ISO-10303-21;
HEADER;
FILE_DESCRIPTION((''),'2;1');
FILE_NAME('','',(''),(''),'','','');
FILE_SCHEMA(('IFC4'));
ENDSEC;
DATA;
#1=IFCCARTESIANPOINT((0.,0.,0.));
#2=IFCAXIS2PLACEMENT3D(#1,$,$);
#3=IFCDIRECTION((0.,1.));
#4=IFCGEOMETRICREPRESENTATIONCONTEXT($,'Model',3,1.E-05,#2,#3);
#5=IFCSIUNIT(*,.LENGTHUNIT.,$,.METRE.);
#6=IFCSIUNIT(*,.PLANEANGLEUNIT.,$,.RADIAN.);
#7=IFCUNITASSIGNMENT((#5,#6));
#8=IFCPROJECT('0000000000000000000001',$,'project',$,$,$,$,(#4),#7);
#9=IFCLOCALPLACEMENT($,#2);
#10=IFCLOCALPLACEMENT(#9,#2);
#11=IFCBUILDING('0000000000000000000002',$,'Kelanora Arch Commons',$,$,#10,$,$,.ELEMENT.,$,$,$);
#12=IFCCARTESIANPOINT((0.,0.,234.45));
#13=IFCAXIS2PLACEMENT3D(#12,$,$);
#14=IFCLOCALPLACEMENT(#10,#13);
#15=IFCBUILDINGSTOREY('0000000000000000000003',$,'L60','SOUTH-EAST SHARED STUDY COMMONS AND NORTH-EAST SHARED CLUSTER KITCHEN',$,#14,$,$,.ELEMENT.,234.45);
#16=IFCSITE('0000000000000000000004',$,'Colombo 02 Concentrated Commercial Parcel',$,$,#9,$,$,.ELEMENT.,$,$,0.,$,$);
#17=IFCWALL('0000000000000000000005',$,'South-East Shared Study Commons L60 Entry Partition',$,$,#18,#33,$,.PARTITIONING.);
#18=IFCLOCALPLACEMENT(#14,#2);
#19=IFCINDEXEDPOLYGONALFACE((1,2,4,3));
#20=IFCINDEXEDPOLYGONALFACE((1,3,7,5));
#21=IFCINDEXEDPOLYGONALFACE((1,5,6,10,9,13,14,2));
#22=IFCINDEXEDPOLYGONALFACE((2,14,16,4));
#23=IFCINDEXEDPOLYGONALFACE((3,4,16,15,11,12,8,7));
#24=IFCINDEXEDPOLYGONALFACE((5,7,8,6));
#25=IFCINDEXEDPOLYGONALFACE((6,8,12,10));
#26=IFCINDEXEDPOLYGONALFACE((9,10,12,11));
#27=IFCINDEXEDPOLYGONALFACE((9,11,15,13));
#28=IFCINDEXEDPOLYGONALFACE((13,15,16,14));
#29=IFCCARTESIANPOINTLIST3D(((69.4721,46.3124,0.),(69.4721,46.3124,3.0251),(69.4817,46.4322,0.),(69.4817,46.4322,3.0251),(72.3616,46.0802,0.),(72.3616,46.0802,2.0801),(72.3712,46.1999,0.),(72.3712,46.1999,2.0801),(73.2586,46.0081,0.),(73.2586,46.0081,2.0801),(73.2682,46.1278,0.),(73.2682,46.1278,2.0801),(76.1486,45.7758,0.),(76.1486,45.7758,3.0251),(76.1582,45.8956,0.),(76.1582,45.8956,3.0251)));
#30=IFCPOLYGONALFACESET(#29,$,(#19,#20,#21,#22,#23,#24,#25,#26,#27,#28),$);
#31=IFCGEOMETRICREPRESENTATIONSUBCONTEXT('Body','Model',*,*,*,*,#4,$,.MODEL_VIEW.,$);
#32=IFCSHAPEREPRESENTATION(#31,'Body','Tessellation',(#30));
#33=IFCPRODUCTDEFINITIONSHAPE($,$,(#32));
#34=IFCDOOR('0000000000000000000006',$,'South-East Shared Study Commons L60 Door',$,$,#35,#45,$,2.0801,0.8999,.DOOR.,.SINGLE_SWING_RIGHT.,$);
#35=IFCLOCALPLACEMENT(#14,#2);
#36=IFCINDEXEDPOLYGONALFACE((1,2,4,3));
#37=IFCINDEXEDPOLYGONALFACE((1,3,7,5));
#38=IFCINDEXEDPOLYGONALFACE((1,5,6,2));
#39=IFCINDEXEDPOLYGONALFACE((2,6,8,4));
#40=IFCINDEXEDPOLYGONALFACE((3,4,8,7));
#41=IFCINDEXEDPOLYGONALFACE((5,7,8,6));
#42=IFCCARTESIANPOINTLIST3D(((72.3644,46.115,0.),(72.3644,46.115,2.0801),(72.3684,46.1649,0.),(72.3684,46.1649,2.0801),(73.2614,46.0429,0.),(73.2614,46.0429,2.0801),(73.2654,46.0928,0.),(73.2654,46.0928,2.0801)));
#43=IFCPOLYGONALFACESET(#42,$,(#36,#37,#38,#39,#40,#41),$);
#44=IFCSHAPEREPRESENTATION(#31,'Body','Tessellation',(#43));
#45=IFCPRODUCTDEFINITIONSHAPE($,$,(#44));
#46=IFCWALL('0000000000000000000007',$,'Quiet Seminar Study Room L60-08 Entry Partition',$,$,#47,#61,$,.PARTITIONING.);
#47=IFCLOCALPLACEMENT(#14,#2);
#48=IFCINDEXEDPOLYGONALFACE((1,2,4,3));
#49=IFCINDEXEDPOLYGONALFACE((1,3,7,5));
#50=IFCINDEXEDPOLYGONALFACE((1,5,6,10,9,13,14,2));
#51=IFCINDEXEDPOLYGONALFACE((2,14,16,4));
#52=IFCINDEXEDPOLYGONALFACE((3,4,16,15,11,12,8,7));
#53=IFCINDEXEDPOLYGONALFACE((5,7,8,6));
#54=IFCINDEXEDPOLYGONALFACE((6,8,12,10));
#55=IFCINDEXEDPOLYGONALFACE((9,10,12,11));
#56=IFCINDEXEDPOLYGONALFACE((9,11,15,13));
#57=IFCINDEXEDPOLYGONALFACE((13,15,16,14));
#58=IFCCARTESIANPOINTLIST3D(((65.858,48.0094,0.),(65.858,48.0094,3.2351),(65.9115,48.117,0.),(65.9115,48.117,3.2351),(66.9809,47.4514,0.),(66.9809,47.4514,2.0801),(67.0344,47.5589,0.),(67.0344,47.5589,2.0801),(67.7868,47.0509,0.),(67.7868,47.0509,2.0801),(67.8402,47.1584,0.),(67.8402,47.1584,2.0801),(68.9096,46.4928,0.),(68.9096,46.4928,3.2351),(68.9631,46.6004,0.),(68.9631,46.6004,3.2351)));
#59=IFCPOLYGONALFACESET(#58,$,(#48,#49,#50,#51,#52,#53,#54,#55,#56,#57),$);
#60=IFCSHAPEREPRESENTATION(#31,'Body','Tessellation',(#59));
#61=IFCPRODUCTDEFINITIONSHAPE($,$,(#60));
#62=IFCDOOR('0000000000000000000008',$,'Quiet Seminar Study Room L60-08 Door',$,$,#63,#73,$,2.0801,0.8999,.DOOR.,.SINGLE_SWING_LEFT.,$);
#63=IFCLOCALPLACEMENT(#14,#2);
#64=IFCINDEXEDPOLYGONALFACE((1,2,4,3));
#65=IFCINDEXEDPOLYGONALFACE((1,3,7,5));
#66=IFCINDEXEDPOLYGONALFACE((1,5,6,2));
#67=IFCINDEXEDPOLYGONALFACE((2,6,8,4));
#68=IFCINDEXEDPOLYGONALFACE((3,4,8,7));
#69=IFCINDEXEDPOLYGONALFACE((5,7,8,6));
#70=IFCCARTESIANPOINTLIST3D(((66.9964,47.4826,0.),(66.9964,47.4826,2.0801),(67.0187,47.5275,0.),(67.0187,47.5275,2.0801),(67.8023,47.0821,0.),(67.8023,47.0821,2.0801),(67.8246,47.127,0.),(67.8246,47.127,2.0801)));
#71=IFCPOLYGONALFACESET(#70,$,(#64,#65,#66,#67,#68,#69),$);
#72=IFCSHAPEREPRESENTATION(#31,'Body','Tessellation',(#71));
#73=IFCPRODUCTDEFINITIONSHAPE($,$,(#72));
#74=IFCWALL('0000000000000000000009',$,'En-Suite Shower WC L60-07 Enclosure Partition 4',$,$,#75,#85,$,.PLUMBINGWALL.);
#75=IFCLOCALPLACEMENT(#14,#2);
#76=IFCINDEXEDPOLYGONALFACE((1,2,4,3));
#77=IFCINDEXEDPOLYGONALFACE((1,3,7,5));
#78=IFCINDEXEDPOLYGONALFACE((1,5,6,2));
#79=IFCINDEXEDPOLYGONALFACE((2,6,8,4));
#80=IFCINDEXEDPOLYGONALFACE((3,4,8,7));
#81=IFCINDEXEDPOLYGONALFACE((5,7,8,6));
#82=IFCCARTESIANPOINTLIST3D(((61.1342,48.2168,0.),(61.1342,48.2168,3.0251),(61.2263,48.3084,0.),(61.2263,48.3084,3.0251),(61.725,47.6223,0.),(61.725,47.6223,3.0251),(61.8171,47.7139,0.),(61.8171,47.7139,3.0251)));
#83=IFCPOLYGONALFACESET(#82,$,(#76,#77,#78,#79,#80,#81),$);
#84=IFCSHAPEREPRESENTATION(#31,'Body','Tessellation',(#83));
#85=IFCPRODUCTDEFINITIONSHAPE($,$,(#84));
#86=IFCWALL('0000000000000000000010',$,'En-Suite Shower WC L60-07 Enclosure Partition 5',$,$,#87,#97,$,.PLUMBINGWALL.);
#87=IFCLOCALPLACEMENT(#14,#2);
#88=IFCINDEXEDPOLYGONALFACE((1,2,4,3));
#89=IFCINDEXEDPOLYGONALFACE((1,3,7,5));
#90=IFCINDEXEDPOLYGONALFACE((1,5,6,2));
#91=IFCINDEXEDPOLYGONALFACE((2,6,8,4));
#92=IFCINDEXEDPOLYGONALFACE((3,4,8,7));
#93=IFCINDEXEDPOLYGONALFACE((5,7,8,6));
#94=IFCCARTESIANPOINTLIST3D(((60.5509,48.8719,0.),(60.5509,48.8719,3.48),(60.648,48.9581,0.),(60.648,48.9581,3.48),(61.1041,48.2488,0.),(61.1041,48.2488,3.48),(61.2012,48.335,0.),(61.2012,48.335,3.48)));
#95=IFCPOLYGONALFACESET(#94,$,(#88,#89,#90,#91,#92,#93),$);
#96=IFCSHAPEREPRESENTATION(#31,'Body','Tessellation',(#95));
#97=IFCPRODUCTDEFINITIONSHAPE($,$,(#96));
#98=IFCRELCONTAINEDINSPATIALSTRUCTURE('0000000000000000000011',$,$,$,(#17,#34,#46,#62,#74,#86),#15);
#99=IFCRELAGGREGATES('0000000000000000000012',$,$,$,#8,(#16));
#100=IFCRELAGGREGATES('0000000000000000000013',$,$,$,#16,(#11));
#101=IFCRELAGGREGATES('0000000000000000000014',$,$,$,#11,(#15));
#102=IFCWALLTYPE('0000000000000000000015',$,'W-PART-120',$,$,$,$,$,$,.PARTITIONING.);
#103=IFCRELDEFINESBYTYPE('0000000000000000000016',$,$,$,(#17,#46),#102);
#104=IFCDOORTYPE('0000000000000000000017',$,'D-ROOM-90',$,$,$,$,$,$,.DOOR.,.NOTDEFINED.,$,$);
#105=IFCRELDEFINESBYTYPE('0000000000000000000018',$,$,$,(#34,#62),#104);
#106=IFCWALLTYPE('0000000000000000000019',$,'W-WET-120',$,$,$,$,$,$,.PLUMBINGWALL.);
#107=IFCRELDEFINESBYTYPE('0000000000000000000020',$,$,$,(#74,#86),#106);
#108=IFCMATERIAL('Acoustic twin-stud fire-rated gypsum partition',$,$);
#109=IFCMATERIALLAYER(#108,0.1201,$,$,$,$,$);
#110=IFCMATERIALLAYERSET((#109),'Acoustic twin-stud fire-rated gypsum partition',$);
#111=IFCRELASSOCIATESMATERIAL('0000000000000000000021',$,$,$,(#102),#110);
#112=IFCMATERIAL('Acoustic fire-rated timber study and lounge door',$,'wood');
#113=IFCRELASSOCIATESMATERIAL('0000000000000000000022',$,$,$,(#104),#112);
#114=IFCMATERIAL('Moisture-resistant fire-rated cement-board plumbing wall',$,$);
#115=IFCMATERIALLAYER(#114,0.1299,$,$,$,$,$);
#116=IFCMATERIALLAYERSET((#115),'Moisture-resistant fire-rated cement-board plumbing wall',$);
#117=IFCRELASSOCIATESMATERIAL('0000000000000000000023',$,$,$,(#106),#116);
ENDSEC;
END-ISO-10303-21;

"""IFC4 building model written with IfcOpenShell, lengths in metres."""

from ifc_helpers import new_model, si_unit, direction, frame, frame_2d, origin, place, context, subcontext, project, spatial, rectangle, extrude, material, layer, layer_set, type_object, element, fill, save


model = new_model("IFC4")

# Units and contexts
model_context = context("Model", 3, precision=1e-05, world=origin(), true_north=direction((0.0, 1.0)))
body_context = subcontext(model_context, "Body", "Model", "MODEL_VIEW")
ifc_project = project(units=[si_unit("LENGTHUNIT", "METRE"), si_unit("PLANEANGLEUNIT", "RADIAN")], contexts=[model_context])

# Site, building, storey
site_placement = place(None, origin())
site = spatial("IfcSite", under=ifc_project, at=site_placement, Name="Colombo 02 Concentrated Commercial Parcel", CompositionType="ELEMENT", RefElevation=0.0)
building_placement = place(site_placement, origin())
building = spatial("IfcBuilding", under=site, at=building_placement, Name="Kelanora Arch Commons", CompositionType="ELEMENT")
storey_placement = place(building_placement, frame((0.0, 0.0, 234.45)))
storey = spatial("IfcBuildingStorey", under=building, at=storey_placement, Name="L60", Description="SOUTH-EAST SHARED STUDY COMMONS AND NORTH-EAST SHARED CLUSTER KITCHEN", CompositionType="ELEMENT", Elevation=234.45)

# Walls, openings, doors
ifc_material_1 = material(Name="Acoustic twin-stud fire-rated gypsum partition")
ifc_layer_1 = layer(ifc_material_1, 0.1201)
ifc_layer_set_1 = layer_set([ifc_layer_1], Name="Acoustic twin-stud fire-rated gypsum partition")
wall_type_1 = type_object("IfcWallType", Name="W-PART-120", PredefinedType="PARTITIONING", material=ifc_layer_set_1)
wall_1_placement = place(storey_placement, frame((69.4768, 46.3723, 0.0), z_axis=(0.0, 0.0, 1.0), x_axis=(0.996786, -0.080116, 0.0)))
wall_1 = element("IfcWall", 1, at=wall_1_placement, inside=storey, type_object=wall_type_1, Name="South-East Shared Study Commons L60 Entry Partition", PredefinedType="PARTITIONING", context=body_context, shape_type="SweptSolid", body=[
    extrude(rectangle(XDim=6.698, YDim=0.1201, at=frame_2d((3.3491, 0.0))), origin(), (0.0, 0.0, 1.0), 3.0251),
])
opening_1_placement = place(wall_1_placement, frame((2.8989, 0.0, 0.0)))
opening_1 = element("IfcOpeningElement", 2, at=opening_1_placement, cuts=wall_1, PredefinedType="OPENING", context=body_context, shape_type="SweptSolid", body=[
    extrude(rectangle(XDim=0.8999, YDim=2.0801, at=frame_2d((0.45, 1.04))), frame((0.0, 0.0701, 0.0), z_axis=(0.0, -1.0, 0.0), x_axis=(1.0, 0.0, 0.0)), (0.0, 0.0, 1.0), 0.1401),
])
ifc_material_2 = material(Name="Acoustic fire-rated timber study and lounge door", Category="wood")
door_type = type_object("IfcDoorType", Name="D-ROOM-90", OperationType="NOTDEFINED", PredefinedType="DOOR", material=ifc_material_2)
door_1_placement = place(opening_1_placement, origin())
door_1 = element("IfcDoor", 3, at=door_1_placement, inside=storey, type_object=door_type, Name="South-East Shared Study Commons L60 Door", OperationType="SINGLE_SWING_RIGHT", OverallHeight=2.0801, OverallWidth=0.8999, PredefinedType="DOOR", context=body_context, shape_type="SweptSolid", body=[
    extrude(rectangle(XDim=0.8999, YDim=2.0801, at=frame_2d((0.45, 1.04))), frame((0.0, 0.0249, 0.0), z_axis=(0.0, -1.0, 0.0), x_axis=(1.0, 0.0, 0.0)), (0.0, 0.0, 1.0), 0.05),
])
fill(opening_1, door_1)
wall_2_placement = place(storey_placement, frame((65.8848, 48.0632, 0.0), z_axis=(0.0, 0.0, 1.0), x_axis=(0.895499, -0.445063, 0.0)))
wall_2 = element("IfcWall", 4, at=wall_2_placement, inside=storey, type_object=wall_type_1, Name="Quiet Seminar Study Room L60-08 Entry Partition", PredefinedType="PARTITIONING", context=body_context, shape_type="SweptSolid", body=[
    extrude(rectangle(XDim=3.4077, YDim=0.1201, at=frame_2d((1.7039, 0.0))), origin(), (0.0, 0.0, 1.0), 3.2351),
])
opening_2_placement = place(wall_2_placement, frame((1.2539, 0.0, 0.0)))
opening_2 = element("IfcOpeningElement", 5, at=opening_2_placement, cuts=wall_2, PredefinedType="OPENING", context=body_context, shape_type="SweptSolid", body=[
    extrude(rectangle(XDim=0.8999, YDim=2.0801, at=frame_2d((0.45, 1.04))), frame((0.0, 0.0701, 0.0), z_axis=(0.0, -1.0, 0.0), x_axis=(1.0, 0.0, 0.0)), (0.0, 0.0, 1.0), 0.1401),
])
door_2_placement = place(opening_2_placement, origin())
door_2 = element("IfcDoor", 6, at=door_2_placement, inside=storey, type_object=door_type, Name="Quiet Seminar Study Room L60-08 Door", OperationType="SINGLE_SWING_LEFT", OverallHeight=2.0801, OverallWidth=0.8999, PredefinedType="DOOR", context=body_context, shape_type="SweptSolid", body=[
    extrude(rectangle(XDim=0.8999, YDim=2.0801, at=frame_2d((0.45, 1.04))), frame((0.0, 0.0249, 0.0), z_axis=(0.0, -1.0, 0.0), x_axis=(1.0, 0.0, 0.0)), (0.0, 0.0, 1.0), 0.05),
])
fill(opening_2, door_2)

# Walls
ifc_material_3 = material(Name="Moisture-resistant fire-rated cement-board plumbing wall")
ifc_layer_2 = layer(ifc_material_3, 0.1299)
ifc_layer_set_2 = layer_set([ifc_layer_2], Name="Moisture-resistant fire-rated cement-board plumbing wall")
wall_type_2 = type_object("IfcWallType", Name="W-WET-120", PredefinedType="PLUMBINGWALL", material=ifc_layer_set_2)
wall_3_placement = place(storey_placement, frame((61.771, 47.6682, 0.0), z_axis=(0.0, 0.0, 1.0), x_axis=(-0.704919, 0.709288, 0.0)))
element("IfcWall", 7, at=wall_3_placement, inside=storey, type_object=wall_type_2, Name="En-Suite Shower WC L60-07 Enclosure Partition 4", PredefinedType="PLUMBINGWALL", context=body_context, shape_type="SweptSolid", body=[
    extrude(rectangle(XDim=0.8381, YDim=0.1299, at=frame_2d((0.4189, 0.0))), origin(), (0.0, 0.0, 1.0), 3.0251),
])
wall_4_placement = place(storey_placement, frame((61.1526, 48.292, 0.0), z_axis=(0.0, 0.0, 1.0), x_axis=(-0.663964, 0.747765, 0.0)))
element("IfcWall", 8, at=wall_4_placement, inside=storey, type_object=wall_type_2, Name="En-Suite Shower WC L60-07 Enclosure Partition 5", PredefinedType="PLUMBINGWALL", context=body_context, shape_type="SweptSolid", body=[
    extrude(rectangle(XDim=0.8333, YDim=0.1299, at=frame_2d((0.4165, 0.0))), origin(), (0.0, 0.0, 1.0), 3.48),
])

save(model, "model.ifc")
